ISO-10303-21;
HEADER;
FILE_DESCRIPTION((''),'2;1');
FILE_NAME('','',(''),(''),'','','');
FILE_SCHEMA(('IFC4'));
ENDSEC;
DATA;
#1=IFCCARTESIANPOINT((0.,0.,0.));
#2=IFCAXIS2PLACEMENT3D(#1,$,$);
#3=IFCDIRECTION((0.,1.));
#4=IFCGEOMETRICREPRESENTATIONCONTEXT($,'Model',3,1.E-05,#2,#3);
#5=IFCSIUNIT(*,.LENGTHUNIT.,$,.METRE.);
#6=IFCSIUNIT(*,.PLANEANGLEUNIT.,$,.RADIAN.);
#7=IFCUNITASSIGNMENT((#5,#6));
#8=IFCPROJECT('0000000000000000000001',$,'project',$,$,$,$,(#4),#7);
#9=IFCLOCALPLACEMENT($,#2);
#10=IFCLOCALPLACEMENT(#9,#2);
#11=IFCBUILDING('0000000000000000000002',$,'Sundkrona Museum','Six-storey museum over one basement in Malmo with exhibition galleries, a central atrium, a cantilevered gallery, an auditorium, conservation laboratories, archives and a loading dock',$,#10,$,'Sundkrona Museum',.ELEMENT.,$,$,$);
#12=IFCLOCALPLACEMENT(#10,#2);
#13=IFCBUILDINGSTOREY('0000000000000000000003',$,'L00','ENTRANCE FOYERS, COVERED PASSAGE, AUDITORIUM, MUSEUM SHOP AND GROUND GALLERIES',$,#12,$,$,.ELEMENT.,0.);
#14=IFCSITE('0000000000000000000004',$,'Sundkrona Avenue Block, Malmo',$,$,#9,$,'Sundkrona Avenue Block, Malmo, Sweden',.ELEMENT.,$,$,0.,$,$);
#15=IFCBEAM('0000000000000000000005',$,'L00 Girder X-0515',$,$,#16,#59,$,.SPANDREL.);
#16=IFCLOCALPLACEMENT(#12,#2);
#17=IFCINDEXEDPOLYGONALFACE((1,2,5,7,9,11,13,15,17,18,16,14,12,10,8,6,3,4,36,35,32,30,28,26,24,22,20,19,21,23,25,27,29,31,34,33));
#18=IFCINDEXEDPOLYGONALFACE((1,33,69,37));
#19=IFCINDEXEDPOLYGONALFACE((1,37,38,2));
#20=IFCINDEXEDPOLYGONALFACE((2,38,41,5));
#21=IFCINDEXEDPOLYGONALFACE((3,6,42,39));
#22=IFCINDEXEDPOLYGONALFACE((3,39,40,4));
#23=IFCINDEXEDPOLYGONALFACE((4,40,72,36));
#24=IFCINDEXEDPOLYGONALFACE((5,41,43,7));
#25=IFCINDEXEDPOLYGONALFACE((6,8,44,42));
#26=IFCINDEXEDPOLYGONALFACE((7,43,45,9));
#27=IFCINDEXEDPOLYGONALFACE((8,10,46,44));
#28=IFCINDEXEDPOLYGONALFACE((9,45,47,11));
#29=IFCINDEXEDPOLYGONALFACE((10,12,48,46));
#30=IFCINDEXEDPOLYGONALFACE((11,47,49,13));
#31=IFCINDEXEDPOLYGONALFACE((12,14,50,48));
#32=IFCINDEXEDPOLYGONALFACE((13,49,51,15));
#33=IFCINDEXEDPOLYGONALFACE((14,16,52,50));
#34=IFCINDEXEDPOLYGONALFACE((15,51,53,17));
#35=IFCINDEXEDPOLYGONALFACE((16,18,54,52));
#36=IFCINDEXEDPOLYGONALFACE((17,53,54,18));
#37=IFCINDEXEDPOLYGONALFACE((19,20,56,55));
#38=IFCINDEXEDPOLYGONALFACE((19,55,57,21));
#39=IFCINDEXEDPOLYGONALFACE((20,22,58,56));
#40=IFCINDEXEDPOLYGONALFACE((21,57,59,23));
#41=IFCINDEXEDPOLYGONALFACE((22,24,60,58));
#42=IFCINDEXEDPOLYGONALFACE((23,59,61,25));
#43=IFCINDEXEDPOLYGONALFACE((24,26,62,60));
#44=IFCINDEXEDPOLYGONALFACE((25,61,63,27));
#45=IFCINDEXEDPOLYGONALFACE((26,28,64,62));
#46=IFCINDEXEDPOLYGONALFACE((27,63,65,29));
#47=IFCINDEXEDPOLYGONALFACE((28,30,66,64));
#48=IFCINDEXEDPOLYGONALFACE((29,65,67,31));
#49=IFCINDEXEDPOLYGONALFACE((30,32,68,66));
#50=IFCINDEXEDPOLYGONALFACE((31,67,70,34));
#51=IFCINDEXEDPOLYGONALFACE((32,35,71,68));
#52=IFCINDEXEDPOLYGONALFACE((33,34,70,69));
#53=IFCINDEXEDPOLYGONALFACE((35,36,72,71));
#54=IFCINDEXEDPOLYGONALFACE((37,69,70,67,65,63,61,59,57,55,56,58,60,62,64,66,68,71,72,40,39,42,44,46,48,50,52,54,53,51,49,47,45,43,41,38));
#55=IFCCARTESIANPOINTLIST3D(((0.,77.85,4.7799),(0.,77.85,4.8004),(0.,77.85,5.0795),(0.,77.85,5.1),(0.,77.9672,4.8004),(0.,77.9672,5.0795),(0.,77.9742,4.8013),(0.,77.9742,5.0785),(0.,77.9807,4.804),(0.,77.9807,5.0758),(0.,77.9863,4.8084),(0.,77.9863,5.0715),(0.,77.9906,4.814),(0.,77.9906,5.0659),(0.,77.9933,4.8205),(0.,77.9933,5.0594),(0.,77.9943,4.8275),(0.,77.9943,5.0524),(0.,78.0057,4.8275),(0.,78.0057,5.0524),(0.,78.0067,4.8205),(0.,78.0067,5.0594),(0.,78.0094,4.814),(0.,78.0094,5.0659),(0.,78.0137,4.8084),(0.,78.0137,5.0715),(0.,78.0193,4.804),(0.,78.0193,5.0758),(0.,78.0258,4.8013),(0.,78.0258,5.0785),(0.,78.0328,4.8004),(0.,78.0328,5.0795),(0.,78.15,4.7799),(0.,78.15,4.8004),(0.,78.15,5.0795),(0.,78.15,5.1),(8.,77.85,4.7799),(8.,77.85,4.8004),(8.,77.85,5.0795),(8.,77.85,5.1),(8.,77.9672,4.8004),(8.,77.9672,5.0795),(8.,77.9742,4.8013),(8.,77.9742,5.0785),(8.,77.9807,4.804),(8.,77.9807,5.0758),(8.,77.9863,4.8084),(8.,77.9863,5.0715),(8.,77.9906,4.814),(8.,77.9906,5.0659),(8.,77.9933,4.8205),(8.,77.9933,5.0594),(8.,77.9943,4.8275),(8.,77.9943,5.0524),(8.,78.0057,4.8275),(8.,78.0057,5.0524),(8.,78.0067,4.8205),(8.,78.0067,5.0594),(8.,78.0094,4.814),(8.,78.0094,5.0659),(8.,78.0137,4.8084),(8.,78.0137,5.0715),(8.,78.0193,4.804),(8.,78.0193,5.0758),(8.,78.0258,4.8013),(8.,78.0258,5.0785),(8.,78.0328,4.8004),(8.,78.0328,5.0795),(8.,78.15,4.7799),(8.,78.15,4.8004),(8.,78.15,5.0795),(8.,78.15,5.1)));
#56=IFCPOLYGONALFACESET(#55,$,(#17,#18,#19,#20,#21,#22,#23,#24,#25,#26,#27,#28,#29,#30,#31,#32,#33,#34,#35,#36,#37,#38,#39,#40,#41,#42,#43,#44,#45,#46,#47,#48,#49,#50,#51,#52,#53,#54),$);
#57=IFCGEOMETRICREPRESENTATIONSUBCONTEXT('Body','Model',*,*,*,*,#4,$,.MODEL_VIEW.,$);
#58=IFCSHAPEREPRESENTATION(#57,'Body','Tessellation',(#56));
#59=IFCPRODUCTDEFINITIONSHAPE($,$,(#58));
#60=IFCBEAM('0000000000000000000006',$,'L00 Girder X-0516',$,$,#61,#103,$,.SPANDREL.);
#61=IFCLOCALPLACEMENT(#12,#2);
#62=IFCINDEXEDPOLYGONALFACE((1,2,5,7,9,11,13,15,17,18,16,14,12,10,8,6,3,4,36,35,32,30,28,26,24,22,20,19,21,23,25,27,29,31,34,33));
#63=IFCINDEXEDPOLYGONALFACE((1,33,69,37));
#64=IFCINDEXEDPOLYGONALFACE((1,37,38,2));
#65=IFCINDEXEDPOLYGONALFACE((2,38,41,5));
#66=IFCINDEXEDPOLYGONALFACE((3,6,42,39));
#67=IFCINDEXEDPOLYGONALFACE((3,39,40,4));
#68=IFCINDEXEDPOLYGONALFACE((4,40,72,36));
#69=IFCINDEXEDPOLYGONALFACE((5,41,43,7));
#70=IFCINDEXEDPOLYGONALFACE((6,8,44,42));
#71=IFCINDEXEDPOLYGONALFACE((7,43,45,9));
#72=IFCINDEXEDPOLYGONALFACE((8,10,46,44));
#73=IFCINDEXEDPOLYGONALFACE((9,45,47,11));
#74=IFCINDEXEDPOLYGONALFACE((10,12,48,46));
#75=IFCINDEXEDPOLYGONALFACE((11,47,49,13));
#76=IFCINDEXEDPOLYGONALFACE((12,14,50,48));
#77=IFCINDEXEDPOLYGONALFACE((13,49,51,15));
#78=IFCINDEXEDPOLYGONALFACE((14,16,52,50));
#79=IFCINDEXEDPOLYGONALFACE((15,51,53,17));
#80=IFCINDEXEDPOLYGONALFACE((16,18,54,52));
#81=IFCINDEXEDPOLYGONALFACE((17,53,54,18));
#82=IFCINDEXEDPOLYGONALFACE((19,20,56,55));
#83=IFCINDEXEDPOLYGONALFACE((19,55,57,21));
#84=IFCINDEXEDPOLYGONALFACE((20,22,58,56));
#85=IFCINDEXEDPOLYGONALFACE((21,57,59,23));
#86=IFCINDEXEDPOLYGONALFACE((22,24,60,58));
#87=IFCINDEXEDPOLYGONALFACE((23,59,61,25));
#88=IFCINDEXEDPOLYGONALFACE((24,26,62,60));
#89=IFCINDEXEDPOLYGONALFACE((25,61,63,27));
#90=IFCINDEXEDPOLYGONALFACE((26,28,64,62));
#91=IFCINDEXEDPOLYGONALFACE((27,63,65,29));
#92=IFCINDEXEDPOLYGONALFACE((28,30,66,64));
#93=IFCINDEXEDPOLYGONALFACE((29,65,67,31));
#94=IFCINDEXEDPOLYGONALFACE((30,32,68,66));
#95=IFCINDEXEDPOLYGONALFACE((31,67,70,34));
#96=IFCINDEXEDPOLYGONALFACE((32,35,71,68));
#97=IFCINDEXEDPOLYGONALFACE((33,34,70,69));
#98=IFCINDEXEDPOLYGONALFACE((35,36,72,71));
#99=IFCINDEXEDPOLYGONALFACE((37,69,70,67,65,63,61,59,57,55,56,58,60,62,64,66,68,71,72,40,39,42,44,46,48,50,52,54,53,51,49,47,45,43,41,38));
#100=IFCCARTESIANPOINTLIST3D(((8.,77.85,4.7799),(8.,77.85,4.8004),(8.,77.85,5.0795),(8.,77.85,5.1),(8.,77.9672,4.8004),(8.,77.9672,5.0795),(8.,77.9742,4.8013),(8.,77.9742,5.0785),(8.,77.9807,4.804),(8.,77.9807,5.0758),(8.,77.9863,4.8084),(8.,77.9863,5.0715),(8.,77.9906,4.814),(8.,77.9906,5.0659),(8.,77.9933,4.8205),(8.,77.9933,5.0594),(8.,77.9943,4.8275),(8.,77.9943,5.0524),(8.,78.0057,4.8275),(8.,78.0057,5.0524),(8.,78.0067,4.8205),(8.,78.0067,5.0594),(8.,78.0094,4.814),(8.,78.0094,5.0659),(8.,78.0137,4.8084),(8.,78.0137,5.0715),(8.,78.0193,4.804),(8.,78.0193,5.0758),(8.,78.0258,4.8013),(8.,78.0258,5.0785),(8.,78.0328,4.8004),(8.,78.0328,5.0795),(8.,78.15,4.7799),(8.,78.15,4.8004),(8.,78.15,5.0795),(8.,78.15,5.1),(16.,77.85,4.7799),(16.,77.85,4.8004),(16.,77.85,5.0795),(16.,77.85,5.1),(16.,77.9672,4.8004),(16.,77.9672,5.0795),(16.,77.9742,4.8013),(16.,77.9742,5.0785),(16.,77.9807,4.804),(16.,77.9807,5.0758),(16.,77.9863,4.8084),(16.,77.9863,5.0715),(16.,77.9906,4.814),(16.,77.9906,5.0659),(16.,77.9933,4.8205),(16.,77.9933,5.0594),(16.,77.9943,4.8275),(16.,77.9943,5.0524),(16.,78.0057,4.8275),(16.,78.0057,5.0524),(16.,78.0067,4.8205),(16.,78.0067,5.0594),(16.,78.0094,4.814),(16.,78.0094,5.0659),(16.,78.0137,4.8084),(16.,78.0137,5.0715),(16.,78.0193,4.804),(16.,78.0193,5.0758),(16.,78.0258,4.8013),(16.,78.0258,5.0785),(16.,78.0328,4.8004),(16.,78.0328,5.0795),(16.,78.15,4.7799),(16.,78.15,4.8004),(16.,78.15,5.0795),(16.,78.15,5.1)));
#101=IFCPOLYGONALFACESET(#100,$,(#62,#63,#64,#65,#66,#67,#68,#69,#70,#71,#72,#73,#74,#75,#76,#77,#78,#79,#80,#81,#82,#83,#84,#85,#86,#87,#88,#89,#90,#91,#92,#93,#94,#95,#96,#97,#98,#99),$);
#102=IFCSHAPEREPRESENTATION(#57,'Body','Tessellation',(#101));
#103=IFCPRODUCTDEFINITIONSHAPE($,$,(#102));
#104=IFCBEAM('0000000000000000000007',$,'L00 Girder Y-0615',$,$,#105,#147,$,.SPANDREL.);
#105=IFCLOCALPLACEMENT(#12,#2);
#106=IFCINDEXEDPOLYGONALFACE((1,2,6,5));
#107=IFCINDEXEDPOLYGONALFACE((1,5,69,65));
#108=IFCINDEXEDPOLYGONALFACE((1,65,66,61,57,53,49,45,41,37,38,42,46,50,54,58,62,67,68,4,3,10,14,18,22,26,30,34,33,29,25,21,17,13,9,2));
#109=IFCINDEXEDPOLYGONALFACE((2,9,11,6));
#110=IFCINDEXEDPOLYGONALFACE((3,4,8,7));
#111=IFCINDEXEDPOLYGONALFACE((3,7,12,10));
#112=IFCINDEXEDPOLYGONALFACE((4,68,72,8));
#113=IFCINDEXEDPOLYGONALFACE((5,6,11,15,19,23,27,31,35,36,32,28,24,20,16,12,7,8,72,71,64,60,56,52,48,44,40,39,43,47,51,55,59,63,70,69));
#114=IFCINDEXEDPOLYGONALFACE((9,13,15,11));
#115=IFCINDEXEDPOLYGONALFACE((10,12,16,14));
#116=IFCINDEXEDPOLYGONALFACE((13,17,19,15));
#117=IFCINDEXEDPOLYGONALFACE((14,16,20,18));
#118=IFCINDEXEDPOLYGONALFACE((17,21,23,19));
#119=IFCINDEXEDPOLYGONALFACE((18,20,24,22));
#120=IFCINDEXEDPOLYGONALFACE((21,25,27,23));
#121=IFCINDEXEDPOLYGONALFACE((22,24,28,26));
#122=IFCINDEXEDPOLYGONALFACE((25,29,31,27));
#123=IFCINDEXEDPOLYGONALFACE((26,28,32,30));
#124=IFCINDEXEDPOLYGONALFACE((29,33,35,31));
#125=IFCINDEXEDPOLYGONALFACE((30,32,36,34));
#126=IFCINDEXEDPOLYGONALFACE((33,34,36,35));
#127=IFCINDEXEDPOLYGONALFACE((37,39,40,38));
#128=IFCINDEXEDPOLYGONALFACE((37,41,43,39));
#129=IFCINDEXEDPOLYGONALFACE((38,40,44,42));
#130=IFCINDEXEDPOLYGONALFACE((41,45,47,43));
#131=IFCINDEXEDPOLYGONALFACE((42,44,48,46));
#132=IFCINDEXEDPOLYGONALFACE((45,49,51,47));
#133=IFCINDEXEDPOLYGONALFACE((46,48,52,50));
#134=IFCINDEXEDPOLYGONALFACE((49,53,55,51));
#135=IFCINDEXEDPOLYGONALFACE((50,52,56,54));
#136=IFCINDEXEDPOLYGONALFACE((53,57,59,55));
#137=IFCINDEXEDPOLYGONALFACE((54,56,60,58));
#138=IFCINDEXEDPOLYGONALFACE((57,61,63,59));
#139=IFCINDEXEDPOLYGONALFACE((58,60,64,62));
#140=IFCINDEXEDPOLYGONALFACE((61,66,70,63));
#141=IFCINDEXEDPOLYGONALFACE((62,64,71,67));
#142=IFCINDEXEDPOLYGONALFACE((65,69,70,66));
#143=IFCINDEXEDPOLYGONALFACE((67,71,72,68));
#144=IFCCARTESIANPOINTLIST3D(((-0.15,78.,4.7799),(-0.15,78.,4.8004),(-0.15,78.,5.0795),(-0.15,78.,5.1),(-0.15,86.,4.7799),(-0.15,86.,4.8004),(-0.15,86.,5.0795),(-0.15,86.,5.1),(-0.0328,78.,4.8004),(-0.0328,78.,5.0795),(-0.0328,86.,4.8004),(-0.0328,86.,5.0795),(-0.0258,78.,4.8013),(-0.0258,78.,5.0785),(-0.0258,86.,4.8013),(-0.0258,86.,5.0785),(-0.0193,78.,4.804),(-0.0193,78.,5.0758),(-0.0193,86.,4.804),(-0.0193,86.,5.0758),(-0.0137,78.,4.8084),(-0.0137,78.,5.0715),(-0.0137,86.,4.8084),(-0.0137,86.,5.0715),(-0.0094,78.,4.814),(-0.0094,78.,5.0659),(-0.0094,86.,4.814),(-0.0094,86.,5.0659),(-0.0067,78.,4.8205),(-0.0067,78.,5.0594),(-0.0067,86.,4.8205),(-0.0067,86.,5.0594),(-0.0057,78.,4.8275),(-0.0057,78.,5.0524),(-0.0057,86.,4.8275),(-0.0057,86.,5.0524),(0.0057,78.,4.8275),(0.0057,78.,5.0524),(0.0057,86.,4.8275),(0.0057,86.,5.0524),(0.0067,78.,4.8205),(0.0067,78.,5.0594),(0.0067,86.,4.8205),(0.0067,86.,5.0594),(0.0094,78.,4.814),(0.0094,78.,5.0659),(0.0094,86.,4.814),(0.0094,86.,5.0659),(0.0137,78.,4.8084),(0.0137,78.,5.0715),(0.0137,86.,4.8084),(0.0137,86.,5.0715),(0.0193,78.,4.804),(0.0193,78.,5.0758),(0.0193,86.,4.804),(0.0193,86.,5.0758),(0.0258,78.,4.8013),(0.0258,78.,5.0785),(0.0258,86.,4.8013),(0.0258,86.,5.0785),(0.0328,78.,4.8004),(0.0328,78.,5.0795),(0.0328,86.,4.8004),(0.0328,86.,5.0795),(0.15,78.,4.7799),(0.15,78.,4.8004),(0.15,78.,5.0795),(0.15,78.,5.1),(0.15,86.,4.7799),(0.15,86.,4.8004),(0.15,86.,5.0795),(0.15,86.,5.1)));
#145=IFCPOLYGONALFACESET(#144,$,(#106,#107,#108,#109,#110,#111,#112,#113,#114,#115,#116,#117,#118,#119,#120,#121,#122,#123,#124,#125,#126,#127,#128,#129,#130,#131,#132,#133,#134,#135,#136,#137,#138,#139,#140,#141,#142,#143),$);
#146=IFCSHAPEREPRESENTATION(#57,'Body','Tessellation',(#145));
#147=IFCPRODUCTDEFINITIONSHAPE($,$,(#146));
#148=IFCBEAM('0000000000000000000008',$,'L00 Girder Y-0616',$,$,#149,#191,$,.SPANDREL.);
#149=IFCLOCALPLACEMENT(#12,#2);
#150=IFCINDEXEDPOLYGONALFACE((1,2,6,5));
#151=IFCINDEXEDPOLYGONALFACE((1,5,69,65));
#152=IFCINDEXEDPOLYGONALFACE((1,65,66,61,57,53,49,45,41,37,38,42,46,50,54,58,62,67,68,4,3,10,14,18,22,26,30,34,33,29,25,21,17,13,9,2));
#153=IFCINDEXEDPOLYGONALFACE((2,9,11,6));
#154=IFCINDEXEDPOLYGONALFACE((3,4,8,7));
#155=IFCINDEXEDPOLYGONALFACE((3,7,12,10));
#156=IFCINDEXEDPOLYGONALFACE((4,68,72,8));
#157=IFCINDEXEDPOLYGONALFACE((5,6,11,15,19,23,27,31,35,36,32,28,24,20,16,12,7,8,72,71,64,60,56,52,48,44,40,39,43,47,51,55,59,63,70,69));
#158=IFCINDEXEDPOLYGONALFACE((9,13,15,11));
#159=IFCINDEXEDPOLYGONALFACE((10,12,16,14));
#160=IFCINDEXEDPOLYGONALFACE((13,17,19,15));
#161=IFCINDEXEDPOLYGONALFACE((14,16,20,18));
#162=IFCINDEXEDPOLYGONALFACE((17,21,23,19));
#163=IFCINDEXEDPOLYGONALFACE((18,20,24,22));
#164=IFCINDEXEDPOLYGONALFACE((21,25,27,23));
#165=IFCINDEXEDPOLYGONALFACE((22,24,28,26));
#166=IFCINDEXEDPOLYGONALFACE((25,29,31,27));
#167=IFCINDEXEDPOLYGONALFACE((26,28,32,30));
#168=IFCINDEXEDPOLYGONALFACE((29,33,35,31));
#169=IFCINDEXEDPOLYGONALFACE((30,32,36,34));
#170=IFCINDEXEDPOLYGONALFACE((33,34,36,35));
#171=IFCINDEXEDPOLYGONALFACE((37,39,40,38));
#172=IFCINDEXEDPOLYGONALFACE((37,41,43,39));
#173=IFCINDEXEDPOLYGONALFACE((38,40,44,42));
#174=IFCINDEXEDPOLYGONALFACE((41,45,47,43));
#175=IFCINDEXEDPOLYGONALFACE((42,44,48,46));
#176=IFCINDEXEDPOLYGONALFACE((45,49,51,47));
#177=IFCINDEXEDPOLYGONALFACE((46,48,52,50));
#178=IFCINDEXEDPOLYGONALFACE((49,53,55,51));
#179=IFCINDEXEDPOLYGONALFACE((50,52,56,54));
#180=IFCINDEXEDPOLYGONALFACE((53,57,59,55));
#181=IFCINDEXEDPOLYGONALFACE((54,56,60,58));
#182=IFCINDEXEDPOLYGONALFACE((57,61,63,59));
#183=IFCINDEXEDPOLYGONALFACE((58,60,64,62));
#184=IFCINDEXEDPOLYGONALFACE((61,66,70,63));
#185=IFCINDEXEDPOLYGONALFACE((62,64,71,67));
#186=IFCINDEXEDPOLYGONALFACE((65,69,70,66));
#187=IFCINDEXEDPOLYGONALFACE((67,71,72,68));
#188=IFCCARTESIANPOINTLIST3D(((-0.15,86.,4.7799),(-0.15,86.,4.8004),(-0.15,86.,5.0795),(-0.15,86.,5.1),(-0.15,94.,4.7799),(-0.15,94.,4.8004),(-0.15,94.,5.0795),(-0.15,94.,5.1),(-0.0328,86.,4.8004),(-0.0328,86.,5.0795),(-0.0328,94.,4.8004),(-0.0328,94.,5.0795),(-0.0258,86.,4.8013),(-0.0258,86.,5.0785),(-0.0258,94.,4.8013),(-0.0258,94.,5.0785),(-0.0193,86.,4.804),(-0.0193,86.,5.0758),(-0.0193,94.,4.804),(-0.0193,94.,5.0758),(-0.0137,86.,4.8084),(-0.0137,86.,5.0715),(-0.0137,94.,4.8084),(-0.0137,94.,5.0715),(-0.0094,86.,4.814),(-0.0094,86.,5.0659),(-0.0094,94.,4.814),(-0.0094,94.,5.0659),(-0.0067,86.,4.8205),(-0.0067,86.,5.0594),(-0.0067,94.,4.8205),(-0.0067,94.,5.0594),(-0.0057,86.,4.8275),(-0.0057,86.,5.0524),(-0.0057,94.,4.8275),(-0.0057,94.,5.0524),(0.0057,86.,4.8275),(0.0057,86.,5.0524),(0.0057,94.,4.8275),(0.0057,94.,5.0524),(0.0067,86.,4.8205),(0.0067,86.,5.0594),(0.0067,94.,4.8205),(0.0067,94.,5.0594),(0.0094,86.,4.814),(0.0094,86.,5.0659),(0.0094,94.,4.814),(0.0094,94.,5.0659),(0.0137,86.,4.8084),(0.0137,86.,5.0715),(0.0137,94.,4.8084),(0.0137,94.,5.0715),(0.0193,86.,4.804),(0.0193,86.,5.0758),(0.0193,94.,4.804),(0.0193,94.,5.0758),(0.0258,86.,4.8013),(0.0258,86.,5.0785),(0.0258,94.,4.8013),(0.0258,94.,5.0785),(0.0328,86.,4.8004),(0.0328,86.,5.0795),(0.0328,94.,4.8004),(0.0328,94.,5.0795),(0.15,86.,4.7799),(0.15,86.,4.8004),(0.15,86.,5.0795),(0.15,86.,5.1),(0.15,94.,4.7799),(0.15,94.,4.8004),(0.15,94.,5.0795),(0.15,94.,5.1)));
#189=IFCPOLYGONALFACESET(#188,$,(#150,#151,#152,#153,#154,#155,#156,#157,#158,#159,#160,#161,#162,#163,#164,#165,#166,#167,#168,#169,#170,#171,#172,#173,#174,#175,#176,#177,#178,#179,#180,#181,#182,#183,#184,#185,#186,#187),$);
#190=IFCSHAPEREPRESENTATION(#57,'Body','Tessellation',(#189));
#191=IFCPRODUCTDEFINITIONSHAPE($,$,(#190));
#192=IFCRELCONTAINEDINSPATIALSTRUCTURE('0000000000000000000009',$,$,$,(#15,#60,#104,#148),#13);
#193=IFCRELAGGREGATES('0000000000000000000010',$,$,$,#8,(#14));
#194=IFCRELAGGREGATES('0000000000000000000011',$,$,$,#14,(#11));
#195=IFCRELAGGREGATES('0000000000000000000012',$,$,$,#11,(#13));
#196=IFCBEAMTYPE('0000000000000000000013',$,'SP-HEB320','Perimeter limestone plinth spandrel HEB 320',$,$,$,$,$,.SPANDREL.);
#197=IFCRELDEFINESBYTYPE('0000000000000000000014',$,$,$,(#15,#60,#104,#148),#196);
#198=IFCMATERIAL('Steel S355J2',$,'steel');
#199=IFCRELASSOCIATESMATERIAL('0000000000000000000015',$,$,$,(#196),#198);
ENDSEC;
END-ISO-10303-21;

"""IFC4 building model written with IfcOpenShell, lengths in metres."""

from ifc_helpers import new_model, si_unit, direction, frame, origin, origin_2d, place, context, subcontext, project, spatial, i_section, extrude, material, material_profile, profile_set, type_object, element, save


model = new_model("IFC4")

# Units and contexts
model_context = context("Model", 3, precision=1e-05, world=origin(), true_north=direction((0.0, 1.0)))
body_context = subcontext(model_context, "Body", "Model", "MODEL_VIEW")
ifc_project = project(units=[si_unit("LENGTHUNIT", "METRE"), si_unit("PLANEANGLEUNIT", "RADIAN")], contexts=[model_context])

# Site, building, storey
site_placement = place(None, origin())
site = spatial("IfcSite", under=ifc_project, at=site_placement, Name="Sundkrona Avenue Block, Malmo", LongName="Sundkrona Avenue Block, Malmo, Sweden", CompositionType="ELEMENT", RefElevation=0.0)
building_placement = place(site_placement, origin())
building = spatial("IfcBuilding", under=site, at=building_placement, Name="Sundkrona Museum", Description="Six-storey museum over one basement in Malmo with exhibition galleries, a central atrium, a cantilevered gallery, an auditorium, conservation laboratories, archives and a loading dock", LongName="Sundkrona Museum", CompositionType="ELEMENT")
storey_placement = place(building_placement, origin())
storey = spatial("IfcBuildingStorey", under=building, at=storey_placement, Name="L00", Description="ENTRANCE FOYERS, COVERED PASSAGE, AUDITORIUM, MUSEUM SHOP AND GROUND GALLERIES", CompositionType="ELEMENT", Elevation=0.0)

# Shared definitions
ifc_material_1 = material(Name="Steel S355J2", Category="steel")

# Beams
ifc_material_profile_1 = material_profile(ifc_material_1, i_section(OverallWidth=0.3, OverallDepth=0.3201, WebThickness=0.0115, FlangeThickness=0.0205, FilletRadius=0.0271, at=origin_2d()), Name="HEB 320")
ifc_profile_set_1 = profile_set([ifc_material_profile_1], Name="Steel S355J2")
beam_type_1 = type_object("IfcBeamType", Name="SP-HEB320", Description="Perimeter limestone plinth spandrel HEB 320", PredefinedType="SPANDREL", material=ifc_profile_set_1)
for number, where, z_axis, x_axis, name in (
    (1, (0.0, 78.0, 4.9399), (1.0, 0.0, 0.0), (0.0, 1.0, 0.0), "L00 Girder X-0515"),
    (2, (8.0, 78.0, 4.9399), (1.0, 0.0, 0.0), (0.0, 1.0, 0.0), "L00 Girder X-0516"),
    (3, (0.0, 78.0, 4.9399), (0.0, 1.0, 0.0), (-1.0, 0.0, 0.0), "L00 Girder Y-0615"),
    (4, (0.0, 86.0, 4.9399), (0.0, 1.0, 0.0), (-1.0, 0.0, 0.0), "L00 Girder Y-0616"),
):
    element("IfcBeam", number, at=place(storey_placement, frame(where, z_axis=z_axis, x_axis=x_axis)), inside=storey, type_object=beam_type_1, Name=name, PredefinedType="SPANDREL", context=body_context, shape_type="SweptSolid", body=[
        extrude(i_section(OverallWidth=0.3, OverallDepth=0.3201, WebThickness=0.0115, FlangeThickness=0.0205, FilletRadius=0.0271, at=origin_2d()), origin(), (0.0, 0.0, 1.0), 8.0),
    ])

save(model, "model.ifc")
